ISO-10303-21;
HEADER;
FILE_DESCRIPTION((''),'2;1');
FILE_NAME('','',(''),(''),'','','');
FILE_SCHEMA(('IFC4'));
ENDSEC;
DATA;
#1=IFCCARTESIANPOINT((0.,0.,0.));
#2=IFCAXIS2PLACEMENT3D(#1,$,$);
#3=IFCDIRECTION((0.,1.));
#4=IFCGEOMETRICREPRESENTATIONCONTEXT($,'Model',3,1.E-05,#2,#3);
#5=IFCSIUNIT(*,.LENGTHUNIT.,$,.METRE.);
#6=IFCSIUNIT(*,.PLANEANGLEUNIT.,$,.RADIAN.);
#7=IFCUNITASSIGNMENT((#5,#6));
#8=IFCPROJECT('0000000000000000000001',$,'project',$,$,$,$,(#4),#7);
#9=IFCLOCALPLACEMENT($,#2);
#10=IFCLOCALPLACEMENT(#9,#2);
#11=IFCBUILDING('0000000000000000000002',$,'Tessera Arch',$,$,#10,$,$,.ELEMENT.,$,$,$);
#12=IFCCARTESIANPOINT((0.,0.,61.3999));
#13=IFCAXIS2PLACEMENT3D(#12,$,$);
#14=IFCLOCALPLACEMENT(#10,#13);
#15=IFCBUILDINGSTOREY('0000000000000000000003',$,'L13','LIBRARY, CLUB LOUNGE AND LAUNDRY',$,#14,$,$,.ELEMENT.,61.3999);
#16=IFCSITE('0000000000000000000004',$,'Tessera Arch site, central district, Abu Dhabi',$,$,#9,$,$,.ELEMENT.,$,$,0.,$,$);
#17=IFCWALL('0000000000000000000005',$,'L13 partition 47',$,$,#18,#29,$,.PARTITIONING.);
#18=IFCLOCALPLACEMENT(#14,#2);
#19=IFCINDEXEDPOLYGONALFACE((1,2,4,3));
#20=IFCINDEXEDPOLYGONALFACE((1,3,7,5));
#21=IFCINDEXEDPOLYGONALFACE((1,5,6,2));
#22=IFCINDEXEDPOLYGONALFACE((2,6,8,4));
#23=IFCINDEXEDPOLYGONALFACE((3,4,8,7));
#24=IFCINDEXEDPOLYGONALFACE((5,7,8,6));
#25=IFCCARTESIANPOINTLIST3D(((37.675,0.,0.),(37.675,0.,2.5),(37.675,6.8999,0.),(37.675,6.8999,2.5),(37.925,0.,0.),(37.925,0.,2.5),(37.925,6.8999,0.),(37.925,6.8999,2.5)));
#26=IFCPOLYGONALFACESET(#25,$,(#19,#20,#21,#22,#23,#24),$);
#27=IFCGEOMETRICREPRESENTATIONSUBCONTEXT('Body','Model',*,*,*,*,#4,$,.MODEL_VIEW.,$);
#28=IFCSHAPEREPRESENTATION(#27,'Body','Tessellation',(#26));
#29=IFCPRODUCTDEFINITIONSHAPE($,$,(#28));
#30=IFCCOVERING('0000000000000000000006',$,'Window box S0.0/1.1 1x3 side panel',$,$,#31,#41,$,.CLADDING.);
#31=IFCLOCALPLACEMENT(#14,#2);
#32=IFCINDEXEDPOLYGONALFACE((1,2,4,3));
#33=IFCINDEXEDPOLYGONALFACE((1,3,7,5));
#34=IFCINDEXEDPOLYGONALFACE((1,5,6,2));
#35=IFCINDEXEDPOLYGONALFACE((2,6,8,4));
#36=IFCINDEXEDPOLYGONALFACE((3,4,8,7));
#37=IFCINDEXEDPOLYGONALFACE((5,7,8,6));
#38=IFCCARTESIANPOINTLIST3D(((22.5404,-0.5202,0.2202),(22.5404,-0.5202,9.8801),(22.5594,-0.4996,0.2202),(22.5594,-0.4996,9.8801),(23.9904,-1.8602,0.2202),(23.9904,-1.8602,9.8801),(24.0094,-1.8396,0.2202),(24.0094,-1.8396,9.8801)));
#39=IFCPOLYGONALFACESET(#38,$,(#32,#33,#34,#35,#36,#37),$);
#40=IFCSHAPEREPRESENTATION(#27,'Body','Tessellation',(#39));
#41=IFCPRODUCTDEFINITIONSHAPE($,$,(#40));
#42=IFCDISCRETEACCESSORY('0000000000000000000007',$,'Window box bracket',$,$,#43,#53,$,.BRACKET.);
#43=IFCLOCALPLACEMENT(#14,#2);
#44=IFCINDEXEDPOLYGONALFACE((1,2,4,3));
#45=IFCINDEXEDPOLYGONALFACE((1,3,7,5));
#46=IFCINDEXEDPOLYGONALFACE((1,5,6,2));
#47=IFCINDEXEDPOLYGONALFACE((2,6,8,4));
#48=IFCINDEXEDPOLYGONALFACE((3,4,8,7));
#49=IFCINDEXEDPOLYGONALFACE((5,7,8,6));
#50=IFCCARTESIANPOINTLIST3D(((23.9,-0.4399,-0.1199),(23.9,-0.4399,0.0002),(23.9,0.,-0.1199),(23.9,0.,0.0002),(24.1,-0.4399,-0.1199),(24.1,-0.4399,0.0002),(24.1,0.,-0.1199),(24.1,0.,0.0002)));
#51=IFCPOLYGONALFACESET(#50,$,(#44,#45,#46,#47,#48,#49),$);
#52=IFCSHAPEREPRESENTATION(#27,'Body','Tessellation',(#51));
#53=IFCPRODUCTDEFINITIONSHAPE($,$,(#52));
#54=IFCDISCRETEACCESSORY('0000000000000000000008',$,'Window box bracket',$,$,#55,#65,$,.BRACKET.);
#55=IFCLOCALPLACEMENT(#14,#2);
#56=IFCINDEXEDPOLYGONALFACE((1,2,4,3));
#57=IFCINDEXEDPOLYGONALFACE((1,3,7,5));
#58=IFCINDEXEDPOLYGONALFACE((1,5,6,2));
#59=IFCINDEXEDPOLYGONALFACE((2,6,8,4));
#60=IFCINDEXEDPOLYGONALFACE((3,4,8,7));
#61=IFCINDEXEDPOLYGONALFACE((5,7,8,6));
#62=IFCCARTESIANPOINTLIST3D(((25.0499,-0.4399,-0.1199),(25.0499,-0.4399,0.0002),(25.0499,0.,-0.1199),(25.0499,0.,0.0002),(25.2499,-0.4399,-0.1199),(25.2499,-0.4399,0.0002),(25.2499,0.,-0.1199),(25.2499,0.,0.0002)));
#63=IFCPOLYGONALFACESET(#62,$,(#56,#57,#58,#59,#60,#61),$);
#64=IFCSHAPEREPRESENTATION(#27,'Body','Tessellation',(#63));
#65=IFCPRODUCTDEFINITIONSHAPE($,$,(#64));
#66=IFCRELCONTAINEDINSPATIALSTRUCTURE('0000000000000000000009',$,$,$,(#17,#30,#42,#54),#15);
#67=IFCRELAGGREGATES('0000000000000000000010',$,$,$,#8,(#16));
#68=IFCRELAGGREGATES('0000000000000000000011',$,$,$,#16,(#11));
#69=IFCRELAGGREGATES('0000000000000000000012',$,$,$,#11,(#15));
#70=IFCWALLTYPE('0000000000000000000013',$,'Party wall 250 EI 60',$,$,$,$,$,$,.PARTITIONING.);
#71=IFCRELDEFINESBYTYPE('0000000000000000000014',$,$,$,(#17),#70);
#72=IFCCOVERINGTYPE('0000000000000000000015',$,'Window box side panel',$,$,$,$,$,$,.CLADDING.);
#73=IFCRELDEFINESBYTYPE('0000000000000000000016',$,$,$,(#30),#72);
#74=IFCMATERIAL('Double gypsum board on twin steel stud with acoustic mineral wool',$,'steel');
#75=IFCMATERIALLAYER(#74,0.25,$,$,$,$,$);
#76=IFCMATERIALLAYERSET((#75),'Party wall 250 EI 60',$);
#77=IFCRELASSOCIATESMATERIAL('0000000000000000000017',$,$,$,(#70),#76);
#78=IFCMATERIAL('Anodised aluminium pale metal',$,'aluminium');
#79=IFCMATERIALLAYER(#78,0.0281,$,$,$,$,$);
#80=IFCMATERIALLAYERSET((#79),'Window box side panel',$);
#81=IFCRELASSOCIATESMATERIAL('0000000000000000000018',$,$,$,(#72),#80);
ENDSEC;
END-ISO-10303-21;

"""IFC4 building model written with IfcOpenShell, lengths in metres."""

from ifc_helpers import new_model, si_unit, direction, frame, frame_2d, origin, origin_2d, place, context, subcontext, project, spatial, rectangle, extrude, material, layer, layer_set, type_object, element, save


model = new_model("IFC4")

# Units and contexts
model_context = context("Model", 3, precision=1e-05, world=origin(), true_north=direction((0.0, 1.0)))
body_context = subcontext(model_context, "Body", "Model", "MODEL_VIEW")
ifc_project = project(units=[si_unit("LENGTHUNIT", "METRE"), si_unit("PLANEANGLEUNIT", "RADIAN")], contexts=[model_context])

# Site, building, storey
site_placement = place(None, origin())
site = spatial("IfcSite", under=ifc_project, at=site_placement, Name="Tessera Arch site, central district, Abu Dhabi", CompositionType="ELEMENT", RefElevation=0.0)
building_placement = place(site_placement, origin())
building = spatial("IfcBuilding", under=site, at=building_placement, Name="Tessera Arch", CompositionType="ELEMENT")
storey_placement = place(building_placement, frame((0.0, 0.0, 61.3999)))
storey = spatial("IfcBuildingStorey", under=building, at=storey_placement, Name="L13", Description="LIBRARY, CLUB LOUNGE AND LAUNDRY", CompositionType="ELEMENT", Elevation=61.3999)

# Wall
ifc_material_1 = material(Name="Double gypsum board on twin steel stud with acoustic mineral wool", Category="steel")
ifc_layer_1 = layer(ifc_material_1, 0.25)
ifc_layer_set_1 = layer_set([ifc_layer_1], Name="Party wall 250 EI 60")
wall_type = type_object("IfcWallType", Name="Party wall 250 EI 60", PredefinedType="PARTITIONING", material=ifc_layer_set_1)
wall_1_placement = place(storey_placement, frame((37.8, 0.0, 0.0), z_axis=(0.0, 0.0, 1.0), x_axis=(0.0, 1.0, 0.0)))
element("IfcWall", 1, at=wall_1_placement, inside=storey, type_object=wall_type, Name="L13 partition 47", PredefinedType="PARTITIONING", context=body_context, shape_type="SweptSolid", body=[
    extrude(rectangle(XDim=6.8999, YDim=0.25, at=frame_2d((3.45, 0.0))), origin(), (0.0, 0.0, 1.0), 2.5),
])

# Covering
ifc_material_2 = material(Name="Anodised aluminium pale metal", Category="aluminium")
ifc_layer_2 = layer(ifc_material_2, 0.0281)
ifc_layer_set_2 = layer_set([ifc_layer_2], Name="Window box side panel")
covering_type = type_object("IfcCoveringType", Name="Window box side panel", PredefinedType="CLADDING", material=ifc_layer_set_2)
covering_placement = place(storey_placement, frame((23.2749, -1.1799, 0.2202), z_axis=(0.0, 0.0, 1.0), x_axis=(0.734415, -0.678701, 0.0)))
element("IfcCovering", 2, at=covering_placement, inside=storey, type_object=covering_type, Name="Window box S0.0/1.1 1x3 side panel", PredefinedType="CLADDING", context=body_context, shape_type="SweptSolid", body=[
    extrude(rectangle(XDim=1.9744, YDim=0.0281, at=origin_2d()), origin(), (0.0, 0.0, 1.0), 9.6599),
])

# Discrete accessories
for number, where, z_axis, x_axis, name in (
    (3, (24.0, -0.22, -0.1199), (0.0, 0.0, 1.0), (0.0, -1.0, 0.0), "Window box bracket"),
    (4, (25.1499, -0.22, -0.1199), (0.0, 0.0, 1.0), (0.0, -1.0, 0.0), "Window box bracket"),
):
    element("IfcDiscreteAccessory", number, at=place(storey_placement, frame(where, z_axis=z_axis, x_axis=x_axis)), inside=storey, Name=name, PredefinedType="BRACKET", context=body_context, shape_type="SweptSolid", body=[
        extrude(rectangle(XDim=0.4399, YDim=0.2, at=origin_2d()), origin(), (0.0, 0.0, 1.0), 0.1201),
    ])

save(model, "model.ifc")
